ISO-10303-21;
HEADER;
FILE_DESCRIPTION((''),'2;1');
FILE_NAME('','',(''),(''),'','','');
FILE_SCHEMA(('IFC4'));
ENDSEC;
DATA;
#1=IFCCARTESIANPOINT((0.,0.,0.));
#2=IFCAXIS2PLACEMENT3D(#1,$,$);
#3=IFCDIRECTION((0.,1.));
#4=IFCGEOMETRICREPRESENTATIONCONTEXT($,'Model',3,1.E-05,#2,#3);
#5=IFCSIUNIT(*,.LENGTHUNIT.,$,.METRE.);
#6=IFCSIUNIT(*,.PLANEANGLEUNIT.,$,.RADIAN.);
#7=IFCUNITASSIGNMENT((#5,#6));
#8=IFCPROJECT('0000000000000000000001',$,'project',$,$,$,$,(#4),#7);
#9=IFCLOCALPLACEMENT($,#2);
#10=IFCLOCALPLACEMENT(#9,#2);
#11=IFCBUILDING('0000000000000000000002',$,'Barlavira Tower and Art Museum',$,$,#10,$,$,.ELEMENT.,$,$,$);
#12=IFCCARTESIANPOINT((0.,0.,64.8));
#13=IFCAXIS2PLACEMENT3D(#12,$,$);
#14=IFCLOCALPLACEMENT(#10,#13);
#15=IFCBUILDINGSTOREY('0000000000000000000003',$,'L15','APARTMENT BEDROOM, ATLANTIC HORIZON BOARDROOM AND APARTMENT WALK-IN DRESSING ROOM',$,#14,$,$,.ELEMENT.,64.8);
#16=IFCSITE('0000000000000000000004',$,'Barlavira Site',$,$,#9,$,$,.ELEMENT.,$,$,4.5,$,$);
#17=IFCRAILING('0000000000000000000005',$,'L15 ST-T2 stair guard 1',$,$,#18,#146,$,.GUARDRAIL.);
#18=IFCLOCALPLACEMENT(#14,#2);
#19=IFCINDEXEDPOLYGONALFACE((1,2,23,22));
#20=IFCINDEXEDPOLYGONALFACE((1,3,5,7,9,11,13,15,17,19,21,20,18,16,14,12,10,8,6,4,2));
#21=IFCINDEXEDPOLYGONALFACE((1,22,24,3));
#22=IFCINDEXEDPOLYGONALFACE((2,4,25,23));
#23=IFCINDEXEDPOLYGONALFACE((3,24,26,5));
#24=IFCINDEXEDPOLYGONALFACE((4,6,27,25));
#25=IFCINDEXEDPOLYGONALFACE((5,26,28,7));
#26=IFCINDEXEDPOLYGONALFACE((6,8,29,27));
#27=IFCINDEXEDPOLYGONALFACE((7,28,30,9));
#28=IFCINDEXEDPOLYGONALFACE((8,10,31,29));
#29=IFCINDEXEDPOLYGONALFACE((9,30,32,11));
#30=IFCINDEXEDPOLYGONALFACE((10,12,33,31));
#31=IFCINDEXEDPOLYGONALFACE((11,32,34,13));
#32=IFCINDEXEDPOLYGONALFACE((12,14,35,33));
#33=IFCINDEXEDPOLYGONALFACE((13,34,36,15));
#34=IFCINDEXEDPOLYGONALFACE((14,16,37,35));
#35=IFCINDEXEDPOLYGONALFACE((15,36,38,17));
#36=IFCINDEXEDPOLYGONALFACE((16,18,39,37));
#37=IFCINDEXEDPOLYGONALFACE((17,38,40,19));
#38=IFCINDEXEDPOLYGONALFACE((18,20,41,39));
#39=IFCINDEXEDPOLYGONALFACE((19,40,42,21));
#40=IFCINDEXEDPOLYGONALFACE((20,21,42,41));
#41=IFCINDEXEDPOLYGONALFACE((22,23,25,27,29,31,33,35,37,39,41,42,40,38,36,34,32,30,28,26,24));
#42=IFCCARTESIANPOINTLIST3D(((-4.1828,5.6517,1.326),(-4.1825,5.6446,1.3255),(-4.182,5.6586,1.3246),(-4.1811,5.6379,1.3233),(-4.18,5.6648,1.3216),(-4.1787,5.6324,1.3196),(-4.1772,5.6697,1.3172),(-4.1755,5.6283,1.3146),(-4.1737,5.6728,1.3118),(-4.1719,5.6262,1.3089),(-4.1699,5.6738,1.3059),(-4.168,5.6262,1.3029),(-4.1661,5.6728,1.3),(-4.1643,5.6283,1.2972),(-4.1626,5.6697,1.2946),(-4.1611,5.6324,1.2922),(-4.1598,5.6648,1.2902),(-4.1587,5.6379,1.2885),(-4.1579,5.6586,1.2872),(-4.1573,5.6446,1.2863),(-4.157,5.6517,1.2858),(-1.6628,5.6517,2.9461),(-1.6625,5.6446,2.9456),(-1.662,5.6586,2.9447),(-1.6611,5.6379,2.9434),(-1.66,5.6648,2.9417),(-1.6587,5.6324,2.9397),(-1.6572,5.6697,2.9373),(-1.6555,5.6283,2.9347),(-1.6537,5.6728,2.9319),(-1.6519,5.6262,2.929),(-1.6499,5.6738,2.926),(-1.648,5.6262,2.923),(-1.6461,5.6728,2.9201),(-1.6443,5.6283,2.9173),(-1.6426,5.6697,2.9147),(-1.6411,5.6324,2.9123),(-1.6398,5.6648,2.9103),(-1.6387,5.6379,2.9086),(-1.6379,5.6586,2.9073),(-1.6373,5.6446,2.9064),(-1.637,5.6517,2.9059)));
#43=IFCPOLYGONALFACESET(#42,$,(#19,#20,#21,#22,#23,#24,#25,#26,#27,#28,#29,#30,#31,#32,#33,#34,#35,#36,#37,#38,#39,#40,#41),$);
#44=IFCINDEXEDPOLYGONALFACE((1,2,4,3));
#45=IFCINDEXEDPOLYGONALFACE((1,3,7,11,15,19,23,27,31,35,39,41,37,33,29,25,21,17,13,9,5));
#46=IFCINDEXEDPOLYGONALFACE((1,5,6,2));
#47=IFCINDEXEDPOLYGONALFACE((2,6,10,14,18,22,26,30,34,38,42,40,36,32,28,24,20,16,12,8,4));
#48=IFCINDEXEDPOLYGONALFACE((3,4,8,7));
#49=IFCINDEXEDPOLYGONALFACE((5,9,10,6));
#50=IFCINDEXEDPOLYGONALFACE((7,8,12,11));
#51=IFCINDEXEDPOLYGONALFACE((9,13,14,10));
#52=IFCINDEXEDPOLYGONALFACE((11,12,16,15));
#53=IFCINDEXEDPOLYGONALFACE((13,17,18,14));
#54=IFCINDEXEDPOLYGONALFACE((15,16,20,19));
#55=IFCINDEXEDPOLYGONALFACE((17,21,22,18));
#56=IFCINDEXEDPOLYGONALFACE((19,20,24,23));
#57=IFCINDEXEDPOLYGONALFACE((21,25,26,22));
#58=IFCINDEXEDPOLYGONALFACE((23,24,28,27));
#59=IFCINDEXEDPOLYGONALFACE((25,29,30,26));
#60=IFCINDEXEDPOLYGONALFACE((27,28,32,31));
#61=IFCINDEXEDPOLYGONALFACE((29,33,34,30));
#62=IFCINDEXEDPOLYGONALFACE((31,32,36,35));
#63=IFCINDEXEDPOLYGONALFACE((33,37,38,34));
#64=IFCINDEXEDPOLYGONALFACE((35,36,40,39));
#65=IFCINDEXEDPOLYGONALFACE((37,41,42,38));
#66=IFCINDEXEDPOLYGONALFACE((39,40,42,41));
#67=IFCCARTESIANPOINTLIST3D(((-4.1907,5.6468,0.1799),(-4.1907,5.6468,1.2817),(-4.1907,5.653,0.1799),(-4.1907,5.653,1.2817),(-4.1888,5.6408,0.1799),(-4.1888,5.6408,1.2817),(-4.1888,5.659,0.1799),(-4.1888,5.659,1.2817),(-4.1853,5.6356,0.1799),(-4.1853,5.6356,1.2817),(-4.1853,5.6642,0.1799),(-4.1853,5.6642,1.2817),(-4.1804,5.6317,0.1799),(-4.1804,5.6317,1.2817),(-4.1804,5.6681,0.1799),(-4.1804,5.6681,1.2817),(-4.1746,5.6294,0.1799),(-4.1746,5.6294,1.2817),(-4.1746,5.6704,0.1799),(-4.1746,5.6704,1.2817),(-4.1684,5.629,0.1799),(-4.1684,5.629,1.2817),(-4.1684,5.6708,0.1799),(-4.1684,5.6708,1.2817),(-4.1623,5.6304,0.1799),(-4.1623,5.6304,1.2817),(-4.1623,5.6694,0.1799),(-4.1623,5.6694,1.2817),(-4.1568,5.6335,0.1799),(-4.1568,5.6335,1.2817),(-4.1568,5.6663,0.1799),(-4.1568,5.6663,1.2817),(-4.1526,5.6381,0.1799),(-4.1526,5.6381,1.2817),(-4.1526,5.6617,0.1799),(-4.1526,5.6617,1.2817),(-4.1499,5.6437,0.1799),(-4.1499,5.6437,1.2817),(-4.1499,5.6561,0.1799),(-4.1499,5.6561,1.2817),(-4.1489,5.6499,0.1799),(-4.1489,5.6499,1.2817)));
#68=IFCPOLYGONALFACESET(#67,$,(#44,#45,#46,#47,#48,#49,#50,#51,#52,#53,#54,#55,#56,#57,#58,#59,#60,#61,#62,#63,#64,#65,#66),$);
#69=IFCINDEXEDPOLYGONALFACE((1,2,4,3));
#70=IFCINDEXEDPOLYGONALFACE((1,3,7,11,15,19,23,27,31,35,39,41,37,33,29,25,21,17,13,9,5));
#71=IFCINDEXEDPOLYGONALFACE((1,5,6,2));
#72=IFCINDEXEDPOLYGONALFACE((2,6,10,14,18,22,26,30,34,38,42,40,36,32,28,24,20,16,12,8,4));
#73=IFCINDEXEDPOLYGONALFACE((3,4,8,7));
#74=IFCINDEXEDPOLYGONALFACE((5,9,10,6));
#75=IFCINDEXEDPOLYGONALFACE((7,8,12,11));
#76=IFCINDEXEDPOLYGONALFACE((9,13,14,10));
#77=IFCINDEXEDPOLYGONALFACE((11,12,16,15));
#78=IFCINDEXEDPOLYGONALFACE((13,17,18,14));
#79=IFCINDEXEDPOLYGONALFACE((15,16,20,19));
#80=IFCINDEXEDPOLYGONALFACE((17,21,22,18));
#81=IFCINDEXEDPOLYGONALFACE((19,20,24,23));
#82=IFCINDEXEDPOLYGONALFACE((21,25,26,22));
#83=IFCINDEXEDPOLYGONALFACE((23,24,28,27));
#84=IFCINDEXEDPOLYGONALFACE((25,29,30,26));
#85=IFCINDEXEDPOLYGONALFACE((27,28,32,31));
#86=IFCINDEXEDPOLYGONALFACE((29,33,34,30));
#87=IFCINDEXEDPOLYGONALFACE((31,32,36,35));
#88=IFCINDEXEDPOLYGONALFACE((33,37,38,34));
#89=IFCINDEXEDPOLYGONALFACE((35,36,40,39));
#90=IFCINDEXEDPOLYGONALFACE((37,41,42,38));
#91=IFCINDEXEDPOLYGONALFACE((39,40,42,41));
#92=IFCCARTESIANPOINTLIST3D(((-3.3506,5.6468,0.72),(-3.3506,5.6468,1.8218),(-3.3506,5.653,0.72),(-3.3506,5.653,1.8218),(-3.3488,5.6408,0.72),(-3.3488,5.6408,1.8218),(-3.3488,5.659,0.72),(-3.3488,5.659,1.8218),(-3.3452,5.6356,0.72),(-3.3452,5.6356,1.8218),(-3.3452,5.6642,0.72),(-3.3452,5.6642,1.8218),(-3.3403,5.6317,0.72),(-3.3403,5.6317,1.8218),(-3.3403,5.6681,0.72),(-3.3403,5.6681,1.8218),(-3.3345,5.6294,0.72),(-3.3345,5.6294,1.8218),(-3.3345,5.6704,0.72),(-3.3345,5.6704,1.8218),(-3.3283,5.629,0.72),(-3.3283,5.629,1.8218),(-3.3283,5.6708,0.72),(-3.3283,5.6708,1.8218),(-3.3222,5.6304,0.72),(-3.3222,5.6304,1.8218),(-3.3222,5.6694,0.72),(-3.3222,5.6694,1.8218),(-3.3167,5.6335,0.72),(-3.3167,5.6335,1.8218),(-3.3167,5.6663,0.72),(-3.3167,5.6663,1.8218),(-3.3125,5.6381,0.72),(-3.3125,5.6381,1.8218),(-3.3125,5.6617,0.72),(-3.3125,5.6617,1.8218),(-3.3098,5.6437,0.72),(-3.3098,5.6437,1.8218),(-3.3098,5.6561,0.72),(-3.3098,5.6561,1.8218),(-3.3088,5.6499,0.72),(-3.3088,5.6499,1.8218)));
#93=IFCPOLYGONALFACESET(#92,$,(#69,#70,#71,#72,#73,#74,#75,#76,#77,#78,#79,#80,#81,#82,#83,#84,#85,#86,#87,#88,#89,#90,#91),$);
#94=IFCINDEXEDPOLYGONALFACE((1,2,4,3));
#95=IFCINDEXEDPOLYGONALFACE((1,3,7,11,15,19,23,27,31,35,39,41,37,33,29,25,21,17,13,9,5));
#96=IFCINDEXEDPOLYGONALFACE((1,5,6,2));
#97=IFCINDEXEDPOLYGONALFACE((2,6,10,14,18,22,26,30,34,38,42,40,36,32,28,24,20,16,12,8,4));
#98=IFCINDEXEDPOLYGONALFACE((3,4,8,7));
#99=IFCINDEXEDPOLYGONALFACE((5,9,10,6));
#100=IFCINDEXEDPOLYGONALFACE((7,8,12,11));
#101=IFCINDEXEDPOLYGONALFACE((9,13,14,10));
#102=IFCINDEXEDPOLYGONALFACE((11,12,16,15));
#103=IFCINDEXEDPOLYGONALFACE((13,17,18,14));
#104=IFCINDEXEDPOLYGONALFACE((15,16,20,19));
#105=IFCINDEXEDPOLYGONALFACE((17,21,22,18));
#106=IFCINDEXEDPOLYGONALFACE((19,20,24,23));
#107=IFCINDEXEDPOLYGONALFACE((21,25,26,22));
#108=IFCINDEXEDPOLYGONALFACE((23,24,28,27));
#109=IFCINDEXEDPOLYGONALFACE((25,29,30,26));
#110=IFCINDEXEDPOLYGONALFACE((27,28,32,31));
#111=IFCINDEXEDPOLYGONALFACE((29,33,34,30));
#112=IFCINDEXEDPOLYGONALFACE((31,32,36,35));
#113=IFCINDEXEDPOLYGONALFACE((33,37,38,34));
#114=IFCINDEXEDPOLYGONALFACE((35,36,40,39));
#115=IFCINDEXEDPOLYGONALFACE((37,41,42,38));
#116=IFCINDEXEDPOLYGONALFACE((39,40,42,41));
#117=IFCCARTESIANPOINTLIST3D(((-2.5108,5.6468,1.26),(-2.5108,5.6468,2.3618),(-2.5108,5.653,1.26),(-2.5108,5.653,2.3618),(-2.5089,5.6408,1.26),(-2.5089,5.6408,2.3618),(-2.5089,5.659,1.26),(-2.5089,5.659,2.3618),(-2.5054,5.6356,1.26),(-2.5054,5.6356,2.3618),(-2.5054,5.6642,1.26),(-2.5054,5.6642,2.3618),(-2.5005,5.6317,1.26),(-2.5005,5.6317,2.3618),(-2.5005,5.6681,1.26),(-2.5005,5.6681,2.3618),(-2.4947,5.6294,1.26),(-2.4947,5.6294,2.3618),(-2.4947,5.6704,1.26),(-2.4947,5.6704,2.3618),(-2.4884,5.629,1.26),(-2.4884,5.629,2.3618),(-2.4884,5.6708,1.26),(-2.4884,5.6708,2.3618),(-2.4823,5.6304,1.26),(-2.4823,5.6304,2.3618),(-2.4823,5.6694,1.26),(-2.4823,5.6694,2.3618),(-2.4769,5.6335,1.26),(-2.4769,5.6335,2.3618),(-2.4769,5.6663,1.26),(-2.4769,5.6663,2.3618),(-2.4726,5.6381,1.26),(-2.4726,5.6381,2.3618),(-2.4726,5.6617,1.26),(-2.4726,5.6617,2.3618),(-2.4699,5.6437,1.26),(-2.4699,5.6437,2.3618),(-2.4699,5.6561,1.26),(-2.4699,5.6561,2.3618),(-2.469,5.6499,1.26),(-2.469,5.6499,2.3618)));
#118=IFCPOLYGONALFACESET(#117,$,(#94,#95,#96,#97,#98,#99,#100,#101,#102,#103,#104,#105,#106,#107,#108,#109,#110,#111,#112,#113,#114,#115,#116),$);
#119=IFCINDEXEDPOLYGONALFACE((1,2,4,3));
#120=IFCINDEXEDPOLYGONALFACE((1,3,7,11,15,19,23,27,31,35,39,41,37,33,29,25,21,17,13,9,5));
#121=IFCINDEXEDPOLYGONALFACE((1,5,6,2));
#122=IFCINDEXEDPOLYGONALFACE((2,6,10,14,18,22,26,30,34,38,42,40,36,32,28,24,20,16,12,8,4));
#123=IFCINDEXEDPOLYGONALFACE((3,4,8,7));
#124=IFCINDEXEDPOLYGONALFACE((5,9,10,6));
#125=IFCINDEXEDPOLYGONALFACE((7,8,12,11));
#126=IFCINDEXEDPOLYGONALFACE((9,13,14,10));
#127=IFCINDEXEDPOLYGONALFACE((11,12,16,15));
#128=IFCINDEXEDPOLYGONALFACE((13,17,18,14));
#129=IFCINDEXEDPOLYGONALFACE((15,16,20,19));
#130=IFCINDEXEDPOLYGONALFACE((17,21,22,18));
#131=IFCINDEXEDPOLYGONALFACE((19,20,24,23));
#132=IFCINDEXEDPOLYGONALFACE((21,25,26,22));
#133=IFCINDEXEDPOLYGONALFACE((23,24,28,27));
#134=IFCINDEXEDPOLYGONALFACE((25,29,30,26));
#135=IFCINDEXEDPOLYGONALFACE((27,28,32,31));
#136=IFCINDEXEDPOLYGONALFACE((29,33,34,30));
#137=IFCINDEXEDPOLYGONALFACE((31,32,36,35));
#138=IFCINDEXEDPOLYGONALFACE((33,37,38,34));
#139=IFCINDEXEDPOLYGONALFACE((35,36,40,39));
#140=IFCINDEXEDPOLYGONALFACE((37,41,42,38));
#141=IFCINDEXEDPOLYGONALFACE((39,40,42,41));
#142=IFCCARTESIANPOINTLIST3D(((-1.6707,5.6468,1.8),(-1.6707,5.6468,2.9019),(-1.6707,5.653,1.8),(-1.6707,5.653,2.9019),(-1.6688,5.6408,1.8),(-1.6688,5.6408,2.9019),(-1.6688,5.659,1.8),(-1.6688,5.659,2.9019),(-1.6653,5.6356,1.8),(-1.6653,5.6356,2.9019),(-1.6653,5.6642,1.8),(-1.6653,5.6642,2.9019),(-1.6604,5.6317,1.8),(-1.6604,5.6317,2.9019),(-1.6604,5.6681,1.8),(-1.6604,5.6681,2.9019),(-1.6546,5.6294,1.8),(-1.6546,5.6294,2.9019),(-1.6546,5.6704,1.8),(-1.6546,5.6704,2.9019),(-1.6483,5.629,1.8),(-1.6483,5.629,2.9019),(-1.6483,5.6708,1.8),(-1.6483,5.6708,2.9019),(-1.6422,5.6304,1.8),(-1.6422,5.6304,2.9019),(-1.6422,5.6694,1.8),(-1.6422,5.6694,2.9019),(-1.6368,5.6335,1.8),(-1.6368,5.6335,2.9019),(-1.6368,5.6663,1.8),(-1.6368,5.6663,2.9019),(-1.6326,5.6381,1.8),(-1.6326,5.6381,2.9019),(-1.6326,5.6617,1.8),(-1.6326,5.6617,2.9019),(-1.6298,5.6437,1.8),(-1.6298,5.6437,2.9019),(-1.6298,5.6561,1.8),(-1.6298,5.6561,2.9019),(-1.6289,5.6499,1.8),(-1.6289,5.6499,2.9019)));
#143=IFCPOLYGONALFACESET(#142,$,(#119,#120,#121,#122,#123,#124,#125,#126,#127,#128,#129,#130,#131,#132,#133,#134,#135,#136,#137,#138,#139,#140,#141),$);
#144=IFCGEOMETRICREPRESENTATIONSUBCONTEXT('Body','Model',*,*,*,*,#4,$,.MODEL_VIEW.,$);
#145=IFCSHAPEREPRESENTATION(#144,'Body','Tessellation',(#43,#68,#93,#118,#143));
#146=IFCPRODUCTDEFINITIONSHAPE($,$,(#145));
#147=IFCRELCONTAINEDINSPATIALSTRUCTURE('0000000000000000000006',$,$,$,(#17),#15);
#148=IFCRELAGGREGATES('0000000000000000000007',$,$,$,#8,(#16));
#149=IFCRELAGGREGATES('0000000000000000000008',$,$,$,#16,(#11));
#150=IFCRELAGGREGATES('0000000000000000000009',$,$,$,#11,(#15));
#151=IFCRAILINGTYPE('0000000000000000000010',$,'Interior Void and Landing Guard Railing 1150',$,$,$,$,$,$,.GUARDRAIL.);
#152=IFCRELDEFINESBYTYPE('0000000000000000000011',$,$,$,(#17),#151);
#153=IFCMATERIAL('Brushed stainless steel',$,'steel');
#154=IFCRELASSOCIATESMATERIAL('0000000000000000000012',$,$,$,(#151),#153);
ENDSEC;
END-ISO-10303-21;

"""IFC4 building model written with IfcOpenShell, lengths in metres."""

from ifc_helpers import new_model, si_unit, direction, frame, origin, origin_2d, place, context, subcontext, project, spatial, circle, extrude, material, type_object, element, save


model = new_model("IFC4")

# Units and contexts
model_context = context("Model", 3, precision=1e-05, world=origin(), true_north=direction((0.0, 1.0)))
body_context = subcontext(model_context, "Body", "Model", "MODEL_VIEW")
ifc_project = project(units=[si_unit("LENGTHUNIT", "METRE"), si_unit("PLANEANGLEUNIT", "RADIAN")], contexts=[model_context])

# Site, building, storey
site_placement = place(None, origin())
site = spatial("IfcSite", under=ifc_project, at=site_placement, Name="Barlavira Site", CompositionType="ELEMENT", RefElevation=4.5)
building_placement = place(site_placement, origin())
building = spatial("IfcBuilding", under=site, at=building_placement, Name="Barlavira Tower and Art Museum", CompositionType="ELEMENT")
storey_placement = place(building_placement, frame((0.0, 0.0, 64.8)))
storey = spatial("IfcBuildingStorey", under=building, at=storey_placement, Name="L15", Description="APARTMENT BEDROOM, ATLANTIC HORIZON BOARDROOM AND APARTMENT WALK-IN DRESSING ROOM", CompositionType="ELEMENT", Elevation=64.8)

# Shared definitions
ifc_material_1 = material(Name="Brushed stainless steel", Category="steel")

# Railing
railing_type_1 = type_object("IfcRailingType", Name="Interior Void and Landing Guard Railing 1150", PredefinedType="GUARDRAIL", material=ifc_material_1)
railing_1_placement = place(storey_placement, frame((-4.1699, 5.6499, 0.1799)))
element("IfcRailing", 1, at=railing_1_placement, inside=storey, type_object=railing_type_1, Name="L15 ST-T2 stair guard 1", PredefinedType="GUARDRAIL", context=body_context, shape_type="SweptSolid", body=[
    extrude(circle(Radius=0.0239, at=origin_2d()), frame((0.0, 0.0, 1.126), z_axis=(0.841163, 0.0, 0.540782), x_axis=(0.0, 1.0, 0.0)), (0.0, 0.0, 1.0), 2.9958),
    extrude(circle(Radius=0.021, at=origin_2d()), origin(), (0.0, 0.0, 1.0), 1.1018),
    extrude(circle(Radius=0.021, at=origin_2d()), frame((0.8401, 0.0, 0.54)), (0.0, 0.0, 1.0), 1.1018),
    extrude(circle(Radius=0.021, at=origin_2d()), frame((1.6799, 0.0, 1.0801)), (0.0, 0.0, 1.0), 1.1018),
    extrude(circle(Radius=0.021, at=origin_2d()), frame((2.52, 0.0, 1.6201)), (0.0, 0.0, 1.0), 1.1018),
])

save(model, "model.ifc")
